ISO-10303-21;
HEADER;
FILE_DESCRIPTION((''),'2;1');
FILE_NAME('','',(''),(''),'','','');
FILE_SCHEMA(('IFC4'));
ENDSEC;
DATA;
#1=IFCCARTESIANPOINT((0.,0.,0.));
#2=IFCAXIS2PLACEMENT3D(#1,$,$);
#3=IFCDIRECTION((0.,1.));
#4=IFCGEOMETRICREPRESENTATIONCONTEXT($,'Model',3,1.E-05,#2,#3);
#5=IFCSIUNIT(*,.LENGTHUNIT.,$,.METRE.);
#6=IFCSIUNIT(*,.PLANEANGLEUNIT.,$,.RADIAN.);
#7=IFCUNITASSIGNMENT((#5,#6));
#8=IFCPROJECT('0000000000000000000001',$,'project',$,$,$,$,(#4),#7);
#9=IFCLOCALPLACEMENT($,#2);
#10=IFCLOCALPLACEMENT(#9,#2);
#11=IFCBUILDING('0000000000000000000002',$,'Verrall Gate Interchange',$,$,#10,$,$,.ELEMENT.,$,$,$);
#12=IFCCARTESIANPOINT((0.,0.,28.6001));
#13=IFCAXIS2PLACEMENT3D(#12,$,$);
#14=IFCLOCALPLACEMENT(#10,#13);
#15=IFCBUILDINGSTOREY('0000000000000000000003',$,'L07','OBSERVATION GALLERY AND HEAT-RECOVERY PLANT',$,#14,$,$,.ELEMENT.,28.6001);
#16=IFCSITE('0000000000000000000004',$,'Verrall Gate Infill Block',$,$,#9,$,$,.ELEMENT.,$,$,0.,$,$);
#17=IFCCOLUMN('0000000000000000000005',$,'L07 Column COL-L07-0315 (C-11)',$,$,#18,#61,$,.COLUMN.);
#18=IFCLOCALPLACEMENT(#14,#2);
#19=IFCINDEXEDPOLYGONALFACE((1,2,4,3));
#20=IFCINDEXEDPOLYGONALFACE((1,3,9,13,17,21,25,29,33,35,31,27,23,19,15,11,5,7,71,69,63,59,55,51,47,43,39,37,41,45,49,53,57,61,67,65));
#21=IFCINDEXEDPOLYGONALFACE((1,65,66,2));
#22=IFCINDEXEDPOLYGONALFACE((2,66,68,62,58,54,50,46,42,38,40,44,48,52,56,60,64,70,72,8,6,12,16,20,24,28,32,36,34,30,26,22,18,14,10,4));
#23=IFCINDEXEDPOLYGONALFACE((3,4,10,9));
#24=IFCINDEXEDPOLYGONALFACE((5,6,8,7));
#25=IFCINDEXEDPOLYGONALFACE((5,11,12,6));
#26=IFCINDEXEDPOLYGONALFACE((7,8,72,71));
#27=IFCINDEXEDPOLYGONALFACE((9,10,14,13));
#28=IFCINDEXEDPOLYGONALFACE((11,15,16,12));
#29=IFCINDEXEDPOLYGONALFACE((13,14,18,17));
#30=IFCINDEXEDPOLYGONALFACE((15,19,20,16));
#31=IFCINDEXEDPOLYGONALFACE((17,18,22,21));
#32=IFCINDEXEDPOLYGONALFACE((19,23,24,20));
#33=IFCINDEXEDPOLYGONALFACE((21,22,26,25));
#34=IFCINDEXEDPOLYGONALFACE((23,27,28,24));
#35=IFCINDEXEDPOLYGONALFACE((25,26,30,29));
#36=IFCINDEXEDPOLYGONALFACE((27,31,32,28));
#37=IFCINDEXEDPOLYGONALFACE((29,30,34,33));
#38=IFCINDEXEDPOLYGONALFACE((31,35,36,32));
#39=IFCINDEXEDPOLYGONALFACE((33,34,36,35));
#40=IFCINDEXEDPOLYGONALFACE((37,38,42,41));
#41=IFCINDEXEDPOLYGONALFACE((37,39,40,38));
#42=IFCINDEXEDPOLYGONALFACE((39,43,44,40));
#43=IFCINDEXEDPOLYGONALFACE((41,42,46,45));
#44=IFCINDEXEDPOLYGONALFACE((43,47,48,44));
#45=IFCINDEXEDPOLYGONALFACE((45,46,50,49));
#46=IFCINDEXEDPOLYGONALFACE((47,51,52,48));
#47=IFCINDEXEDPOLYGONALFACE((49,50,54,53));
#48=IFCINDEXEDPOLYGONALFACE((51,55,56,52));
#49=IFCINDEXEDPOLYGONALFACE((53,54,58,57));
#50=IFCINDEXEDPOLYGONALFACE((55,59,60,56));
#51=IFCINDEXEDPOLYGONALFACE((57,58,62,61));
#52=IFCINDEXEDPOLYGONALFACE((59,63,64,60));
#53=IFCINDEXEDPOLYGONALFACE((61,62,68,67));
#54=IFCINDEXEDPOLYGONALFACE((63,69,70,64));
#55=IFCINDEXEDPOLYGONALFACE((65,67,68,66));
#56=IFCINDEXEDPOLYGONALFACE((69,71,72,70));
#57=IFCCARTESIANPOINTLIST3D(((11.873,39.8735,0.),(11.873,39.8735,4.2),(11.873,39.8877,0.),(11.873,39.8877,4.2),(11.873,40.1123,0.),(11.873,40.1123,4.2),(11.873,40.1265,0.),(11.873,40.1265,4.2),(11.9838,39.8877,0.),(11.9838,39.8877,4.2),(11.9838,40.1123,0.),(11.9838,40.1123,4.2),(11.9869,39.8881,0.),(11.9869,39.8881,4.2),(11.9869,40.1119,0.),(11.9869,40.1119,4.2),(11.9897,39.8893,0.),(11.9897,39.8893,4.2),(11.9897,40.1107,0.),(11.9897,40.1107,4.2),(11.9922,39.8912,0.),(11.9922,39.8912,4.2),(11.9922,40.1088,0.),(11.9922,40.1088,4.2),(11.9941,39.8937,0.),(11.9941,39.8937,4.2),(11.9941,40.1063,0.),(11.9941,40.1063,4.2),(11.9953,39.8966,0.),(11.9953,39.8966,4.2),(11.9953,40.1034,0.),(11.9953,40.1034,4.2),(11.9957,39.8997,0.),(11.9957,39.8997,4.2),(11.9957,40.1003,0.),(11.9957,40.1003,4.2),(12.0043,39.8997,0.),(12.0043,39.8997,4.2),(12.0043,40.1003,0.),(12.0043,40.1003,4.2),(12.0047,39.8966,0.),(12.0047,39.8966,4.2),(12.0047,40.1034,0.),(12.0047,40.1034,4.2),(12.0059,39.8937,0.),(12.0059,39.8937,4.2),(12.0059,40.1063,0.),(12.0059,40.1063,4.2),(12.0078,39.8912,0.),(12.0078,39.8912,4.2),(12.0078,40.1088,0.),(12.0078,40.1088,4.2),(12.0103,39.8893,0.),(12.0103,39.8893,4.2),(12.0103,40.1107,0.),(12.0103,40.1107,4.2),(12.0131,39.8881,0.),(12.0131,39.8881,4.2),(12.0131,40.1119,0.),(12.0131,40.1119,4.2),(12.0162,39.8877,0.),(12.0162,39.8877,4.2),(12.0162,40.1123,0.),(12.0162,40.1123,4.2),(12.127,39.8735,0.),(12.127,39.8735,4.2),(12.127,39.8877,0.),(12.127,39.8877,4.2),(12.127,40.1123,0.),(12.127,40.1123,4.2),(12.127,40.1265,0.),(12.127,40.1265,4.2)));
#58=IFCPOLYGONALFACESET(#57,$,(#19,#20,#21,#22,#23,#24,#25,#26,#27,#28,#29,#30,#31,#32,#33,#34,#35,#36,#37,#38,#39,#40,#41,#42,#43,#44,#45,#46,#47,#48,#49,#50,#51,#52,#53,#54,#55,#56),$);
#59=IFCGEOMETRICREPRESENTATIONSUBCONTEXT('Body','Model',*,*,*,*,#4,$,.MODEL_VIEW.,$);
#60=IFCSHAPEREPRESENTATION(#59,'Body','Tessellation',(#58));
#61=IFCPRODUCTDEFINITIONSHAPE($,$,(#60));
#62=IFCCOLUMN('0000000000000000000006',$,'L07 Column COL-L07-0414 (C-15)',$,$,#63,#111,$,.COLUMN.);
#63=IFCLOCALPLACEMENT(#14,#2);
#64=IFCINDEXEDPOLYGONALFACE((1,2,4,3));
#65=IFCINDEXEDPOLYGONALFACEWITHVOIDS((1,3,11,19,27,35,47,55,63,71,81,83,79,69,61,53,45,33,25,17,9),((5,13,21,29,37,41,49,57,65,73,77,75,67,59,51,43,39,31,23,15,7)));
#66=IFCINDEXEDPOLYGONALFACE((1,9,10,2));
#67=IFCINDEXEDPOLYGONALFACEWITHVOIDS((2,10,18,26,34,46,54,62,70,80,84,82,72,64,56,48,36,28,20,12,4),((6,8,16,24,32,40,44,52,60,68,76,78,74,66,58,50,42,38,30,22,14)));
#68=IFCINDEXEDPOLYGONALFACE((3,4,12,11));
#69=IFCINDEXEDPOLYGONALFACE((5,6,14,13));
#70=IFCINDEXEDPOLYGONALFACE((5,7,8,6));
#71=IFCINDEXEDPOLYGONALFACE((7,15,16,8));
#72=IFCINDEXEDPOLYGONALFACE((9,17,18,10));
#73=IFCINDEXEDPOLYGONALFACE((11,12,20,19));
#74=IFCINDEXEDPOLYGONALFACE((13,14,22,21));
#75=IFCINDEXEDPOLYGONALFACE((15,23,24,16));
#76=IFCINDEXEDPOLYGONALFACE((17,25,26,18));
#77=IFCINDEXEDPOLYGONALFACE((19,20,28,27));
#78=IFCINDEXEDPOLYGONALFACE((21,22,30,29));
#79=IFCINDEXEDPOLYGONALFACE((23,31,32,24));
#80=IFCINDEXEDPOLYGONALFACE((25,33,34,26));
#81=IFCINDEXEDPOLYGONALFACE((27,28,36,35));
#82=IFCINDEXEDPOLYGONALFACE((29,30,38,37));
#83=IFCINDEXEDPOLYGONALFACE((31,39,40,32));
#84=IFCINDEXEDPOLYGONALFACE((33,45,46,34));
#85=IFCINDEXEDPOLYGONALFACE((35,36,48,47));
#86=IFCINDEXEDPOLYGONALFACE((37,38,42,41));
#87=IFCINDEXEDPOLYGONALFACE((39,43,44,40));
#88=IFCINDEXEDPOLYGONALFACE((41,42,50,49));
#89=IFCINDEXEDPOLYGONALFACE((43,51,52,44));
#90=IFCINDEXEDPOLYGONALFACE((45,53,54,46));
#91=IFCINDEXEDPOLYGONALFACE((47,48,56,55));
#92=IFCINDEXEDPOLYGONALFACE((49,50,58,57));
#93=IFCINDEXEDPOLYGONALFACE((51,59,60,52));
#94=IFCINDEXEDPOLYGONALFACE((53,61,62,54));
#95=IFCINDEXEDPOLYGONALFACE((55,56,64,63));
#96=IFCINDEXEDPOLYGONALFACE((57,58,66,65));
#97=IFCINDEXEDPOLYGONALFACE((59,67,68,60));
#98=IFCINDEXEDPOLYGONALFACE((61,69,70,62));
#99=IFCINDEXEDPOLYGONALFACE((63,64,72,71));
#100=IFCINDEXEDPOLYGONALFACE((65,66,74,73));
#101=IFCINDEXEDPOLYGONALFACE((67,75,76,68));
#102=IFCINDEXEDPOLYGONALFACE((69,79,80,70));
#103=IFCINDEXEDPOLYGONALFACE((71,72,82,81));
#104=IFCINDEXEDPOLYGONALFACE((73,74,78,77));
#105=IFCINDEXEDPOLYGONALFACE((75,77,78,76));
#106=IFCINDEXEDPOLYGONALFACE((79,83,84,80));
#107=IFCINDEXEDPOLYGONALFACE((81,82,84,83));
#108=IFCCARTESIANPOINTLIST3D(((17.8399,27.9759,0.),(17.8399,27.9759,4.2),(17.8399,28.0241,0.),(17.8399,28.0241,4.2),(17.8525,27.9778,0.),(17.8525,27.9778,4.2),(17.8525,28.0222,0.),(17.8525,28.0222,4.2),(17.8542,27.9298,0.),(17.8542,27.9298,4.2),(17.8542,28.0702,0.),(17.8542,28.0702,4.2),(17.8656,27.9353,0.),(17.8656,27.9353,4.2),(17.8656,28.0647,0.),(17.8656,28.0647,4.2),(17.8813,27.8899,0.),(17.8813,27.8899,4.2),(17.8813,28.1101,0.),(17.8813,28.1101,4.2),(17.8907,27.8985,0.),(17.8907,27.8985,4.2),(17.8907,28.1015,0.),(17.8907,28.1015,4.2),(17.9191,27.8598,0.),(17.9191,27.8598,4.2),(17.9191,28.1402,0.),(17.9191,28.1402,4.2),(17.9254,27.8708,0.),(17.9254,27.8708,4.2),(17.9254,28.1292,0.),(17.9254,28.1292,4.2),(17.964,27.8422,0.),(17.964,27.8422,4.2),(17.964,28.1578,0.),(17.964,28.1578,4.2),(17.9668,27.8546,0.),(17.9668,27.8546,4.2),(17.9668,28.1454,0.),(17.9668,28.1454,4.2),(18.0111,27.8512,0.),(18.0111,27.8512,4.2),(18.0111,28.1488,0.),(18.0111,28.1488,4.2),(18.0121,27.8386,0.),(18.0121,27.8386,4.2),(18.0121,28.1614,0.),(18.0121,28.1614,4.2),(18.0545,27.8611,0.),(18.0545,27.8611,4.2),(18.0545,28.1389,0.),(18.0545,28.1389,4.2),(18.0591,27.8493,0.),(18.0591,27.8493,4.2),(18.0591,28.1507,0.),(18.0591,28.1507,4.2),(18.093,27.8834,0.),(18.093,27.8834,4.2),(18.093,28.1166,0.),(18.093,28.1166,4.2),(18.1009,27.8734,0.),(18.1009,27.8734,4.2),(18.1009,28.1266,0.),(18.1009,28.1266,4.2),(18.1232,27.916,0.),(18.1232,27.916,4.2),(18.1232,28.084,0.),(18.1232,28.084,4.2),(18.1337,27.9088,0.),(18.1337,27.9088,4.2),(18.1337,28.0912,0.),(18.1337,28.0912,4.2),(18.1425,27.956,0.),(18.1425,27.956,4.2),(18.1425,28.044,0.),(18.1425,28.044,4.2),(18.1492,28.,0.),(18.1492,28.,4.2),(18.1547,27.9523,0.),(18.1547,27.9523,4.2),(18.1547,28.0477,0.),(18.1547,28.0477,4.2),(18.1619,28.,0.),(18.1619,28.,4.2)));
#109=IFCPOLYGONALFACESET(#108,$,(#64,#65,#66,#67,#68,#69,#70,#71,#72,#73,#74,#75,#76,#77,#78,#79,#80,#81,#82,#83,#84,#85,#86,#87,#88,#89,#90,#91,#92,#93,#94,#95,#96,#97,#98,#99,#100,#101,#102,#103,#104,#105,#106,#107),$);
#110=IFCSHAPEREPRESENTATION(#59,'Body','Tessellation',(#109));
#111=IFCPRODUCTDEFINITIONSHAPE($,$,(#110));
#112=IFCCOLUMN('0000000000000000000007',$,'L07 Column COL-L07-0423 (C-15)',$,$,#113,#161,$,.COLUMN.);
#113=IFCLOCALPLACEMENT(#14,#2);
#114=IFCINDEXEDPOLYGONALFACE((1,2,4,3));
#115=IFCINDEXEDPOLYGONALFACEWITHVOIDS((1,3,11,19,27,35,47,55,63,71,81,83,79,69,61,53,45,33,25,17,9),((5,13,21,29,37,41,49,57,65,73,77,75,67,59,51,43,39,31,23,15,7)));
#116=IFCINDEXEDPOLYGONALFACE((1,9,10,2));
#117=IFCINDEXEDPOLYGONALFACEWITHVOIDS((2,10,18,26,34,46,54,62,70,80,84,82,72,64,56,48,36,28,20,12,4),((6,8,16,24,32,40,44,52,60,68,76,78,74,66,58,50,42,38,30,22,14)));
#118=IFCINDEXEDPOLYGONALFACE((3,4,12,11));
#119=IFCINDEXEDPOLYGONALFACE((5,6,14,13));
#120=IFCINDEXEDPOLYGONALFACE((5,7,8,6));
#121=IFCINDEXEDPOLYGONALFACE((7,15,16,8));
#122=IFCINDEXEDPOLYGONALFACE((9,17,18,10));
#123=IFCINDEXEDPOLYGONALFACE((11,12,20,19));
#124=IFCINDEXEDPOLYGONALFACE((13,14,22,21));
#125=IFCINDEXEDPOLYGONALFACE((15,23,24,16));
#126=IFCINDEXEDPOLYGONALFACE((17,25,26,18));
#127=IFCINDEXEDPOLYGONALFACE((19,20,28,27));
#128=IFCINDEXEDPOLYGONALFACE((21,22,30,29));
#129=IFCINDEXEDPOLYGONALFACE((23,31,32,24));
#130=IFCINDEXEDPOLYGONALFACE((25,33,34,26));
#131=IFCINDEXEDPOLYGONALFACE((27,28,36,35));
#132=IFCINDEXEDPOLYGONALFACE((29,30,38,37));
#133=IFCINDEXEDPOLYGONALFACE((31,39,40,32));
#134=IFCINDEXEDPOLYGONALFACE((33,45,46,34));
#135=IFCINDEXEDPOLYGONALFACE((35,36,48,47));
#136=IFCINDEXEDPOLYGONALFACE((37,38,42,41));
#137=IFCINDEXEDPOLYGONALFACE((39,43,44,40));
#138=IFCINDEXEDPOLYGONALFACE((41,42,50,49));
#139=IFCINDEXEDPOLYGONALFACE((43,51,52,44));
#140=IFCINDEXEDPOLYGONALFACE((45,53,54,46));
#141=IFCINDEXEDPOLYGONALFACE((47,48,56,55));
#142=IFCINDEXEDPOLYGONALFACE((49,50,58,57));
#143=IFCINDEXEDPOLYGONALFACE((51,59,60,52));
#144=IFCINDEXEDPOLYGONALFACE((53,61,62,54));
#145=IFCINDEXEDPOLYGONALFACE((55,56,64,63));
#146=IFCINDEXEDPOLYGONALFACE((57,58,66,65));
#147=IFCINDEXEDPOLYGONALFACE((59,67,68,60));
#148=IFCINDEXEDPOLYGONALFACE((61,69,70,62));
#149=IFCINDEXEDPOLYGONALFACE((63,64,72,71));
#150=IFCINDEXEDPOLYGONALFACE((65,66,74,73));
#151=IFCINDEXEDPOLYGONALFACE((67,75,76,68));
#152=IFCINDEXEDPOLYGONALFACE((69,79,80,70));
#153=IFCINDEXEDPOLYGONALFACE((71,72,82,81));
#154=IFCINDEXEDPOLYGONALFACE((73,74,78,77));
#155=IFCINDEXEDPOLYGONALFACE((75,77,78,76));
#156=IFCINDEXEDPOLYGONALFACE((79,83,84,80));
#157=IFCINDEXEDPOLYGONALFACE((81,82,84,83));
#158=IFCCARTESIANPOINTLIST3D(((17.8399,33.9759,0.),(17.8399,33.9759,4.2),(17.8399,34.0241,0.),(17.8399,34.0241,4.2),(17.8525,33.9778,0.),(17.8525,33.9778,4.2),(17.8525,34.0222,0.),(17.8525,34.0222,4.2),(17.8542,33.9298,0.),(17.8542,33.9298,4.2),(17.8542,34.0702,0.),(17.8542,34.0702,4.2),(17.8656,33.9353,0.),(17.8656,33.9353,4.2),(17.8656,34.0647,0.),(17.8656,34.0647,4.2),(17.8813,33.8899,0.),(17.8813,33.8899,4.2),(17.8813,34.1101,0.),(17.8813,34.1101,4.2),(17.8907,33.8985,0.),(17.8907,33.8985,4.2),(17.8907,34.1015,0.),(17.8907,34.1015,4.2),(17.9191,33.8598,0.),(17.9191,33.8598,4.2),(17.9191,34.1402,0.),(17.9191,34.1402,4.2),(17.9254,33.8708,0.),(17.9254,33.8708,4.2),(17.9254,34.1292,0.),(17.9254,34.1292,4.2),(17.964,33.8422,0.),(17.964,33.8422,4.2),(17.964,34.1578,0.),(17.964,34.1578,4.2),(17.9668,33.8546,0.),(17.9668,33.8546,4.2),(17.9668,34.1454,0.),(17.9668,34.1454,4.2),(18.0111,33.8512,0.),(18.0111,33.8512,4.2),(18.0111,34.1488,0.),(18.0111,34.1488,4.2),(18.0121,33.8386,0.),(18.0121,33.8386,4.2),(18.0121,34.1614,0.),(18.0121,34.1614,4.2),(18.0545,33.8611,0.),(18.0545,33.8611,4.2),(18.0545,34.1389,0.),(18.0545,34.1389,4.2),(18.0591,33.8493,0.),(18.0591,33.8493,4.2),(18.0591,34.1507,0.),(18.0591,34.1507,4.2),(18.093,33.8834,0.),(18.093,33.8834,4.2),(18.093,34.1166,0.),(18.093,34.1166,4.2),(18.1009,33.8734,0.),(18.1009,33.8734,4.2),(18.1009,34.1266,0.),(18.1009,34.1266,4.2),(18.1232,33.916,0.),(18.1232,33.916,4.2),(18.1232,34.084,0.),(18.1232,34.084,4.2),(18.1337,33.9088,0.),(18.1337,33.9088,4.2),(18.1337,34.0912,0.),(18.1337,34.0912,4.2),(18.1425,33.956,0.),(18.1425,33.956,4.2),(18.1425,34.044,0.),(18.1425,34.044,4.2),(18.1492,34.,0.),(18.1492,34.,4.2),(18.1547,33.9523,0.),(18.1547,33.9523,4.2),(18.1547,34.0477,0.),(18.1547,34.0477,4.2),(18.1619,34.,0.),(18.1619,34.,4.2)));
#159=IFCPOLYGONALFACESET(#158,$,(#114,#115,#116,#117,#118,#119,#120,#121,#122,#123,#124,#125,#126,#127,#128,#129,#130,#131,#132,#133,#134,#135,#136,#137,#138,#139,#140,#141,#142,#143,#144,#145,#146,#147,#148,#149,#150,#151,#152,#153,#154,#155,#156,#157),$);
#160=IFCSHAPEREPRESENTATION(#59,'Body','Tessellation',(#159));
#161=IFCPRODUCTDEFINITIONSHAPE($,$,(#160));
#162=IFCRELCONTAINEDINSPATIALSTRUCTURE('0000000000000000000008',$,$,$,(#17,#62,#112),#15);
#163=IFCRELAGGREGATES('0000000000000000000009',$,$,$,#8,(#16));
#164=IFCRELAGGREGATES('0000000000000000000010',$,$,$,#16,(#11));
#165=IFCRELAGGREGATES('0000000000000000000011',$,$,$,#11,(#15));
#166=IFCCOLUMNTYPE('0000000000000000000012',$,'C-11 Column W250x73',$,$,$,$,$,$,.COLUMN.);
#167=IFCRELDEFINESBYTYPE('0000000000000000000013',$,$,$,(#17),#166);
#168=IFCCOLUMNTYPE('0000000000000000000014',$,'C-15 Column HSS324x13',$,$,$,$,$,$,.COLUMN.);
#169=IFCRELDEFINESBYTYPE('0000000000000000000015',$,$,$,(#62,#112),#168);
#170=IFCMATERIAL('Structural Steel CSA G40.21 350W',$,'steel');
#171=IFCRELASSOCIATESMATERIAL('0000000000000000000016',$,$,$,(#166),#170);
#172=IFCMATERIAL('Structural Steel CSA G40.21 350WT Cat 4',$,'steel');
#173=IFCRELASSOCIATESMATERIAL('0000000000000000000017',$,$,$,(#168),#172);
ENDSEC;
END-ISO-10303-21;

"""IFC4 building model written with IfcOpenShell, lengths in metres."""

from ifc_helpers import new_model, si_unit, direction, frame, origin, origin_2d, place, context, subcontext, project, spatial, hollow_circle, i_section, extrude, material, material_profile, profile_set, type_object, element, save


model = new_model("IFC4")

# Units and contexts
model_context = context("Model", 3, precision=1e-05, world=origin(), true_north=direction((0.0, 1.0)))
body_context = subcontext(model_context, "Body", "Model", "MODEL_VIEW")
ifc_project = project(units=[si_unit("LENGTHUNIT", "METRE"), si_unit("PLANEANGLEUNIT", "RADIAN")], contexts=[model_context])

# Site, building, storey
site_placement = place(None, origin())
site = spatial("IfcSite", under=ifc_project, at=site_placement, Name="Verrall Gate Infill Block", CompositionType="ELEMENT", RefElevation=0.0)
building_placement = place(site_placement, origin())
building = spatial("IfcBuilding", under=site, at=building_placement, Name="Verrall Gate Interchange", CompositionType="ELEMENT")
storey_placement = place(building_placement, frame((0.0, 0.0, 28.6001)))
storey = spatial("IfcBuildingStorey", under=building, at=storey_placement, Name="L07", Description="OBSERVATION GALLERY AND HEAT-RECOVERY PLANT", CompositionType="ELEMENT", Elevation=28.6001)

# Columns
ifc_material_1 = material(Name="Structural Steel CSA G40.21 350W", Category="steel")
ifc_material_profile_1 = material_profile(ifc_material_1, i_section(OverallWidth=0.2539, OverallDepth=0.2529, WebThickness=0.0085, FlangeThickness=0.0142, FilletRadius=0.012, at=origin_2d()), Name="W250x73")
ifc_profile_set_1 = profile_set([ifc_material_profile_1], Name="Structural Steel CSA G40.21 350W")
column_type_1 = type_object("IfcColumnType", Name="C-11 Column W250x73", PredefinedType="COLUMN", material=ifc_profile_set_1)
column_placement = place(storey_placement, frame((12.0, 40.0, 0.0), z_axis=(0.0, 0.0, 1.0), x_axis=(1.0, 0.0, 0.0)))
element("IfcColumn", 1, at=column_placement, inside=storey, type_object=column_type_1, Name="L07 Column COL-L07-0315 (C-11)", PredefinedType="COLUMN", context=body_context, shape_type="SweptSolid", body=[
    extrude(i_section(OverallWidth=0.2539, OverallDepth=0.2529, WebThickness=0.0085, FlangeThickness=0.0142, FilletRadius=0.012, at=origin_2d()), origin(), (0.0, 0.0, 1.0), 4.2),
])
ifc_material_2 = material(Name="Structural Steel CSA G40.21 350WT Cat 4", Category="steel")
ifc_material_profile_2 = material_profile(ifc_material_2, hollow_circle(Radius=0.1619, WallThickness=0.0127, at=origin_2d()), Name="HSS324x13")
ifc_profile_set_2 = profile_set([ifc_material_profile_2], Name="Structural Steel CSA G40.21 350WT Cat 4")
column_type_2 = type_object("IfcColumnType", Name="C-15 Column HSS324x13", PredefinedType="COLUMN", material=ifc_profile_set_2)
for number, where, z_axis, x_axis, name in (
    (2, (18.0, 28.0, 0.0), (0.0, 0.0, 1.0), (1.0, 0.0, 0.0), "L07 Column COL-L07-0414 (C-15)"),
    (3, (18.0, 34.0, 0.0), (0.0, 0.0, 1.0), (1.0, 0.0, 0.0), "L07 Column COL-L07-0423 (C-15)"),
):
    element("IfcColumn", number, at=place(storey_placement, frame(where, z_axis=z_axis, x_axis=x_axis)), inside=storey, type_object=column_type_2, Name=name, PredefinedType="COLUMN", context=body_context, shape_type="SweptSolid", body=[
        extrude(hollow_circle(Radius=0.1619, WallThickness=0.0127, at=origin_2d()), origin(), (0.0, 0.0, 1.0), 4.2),
    ])

save(model, "model.ifc")
